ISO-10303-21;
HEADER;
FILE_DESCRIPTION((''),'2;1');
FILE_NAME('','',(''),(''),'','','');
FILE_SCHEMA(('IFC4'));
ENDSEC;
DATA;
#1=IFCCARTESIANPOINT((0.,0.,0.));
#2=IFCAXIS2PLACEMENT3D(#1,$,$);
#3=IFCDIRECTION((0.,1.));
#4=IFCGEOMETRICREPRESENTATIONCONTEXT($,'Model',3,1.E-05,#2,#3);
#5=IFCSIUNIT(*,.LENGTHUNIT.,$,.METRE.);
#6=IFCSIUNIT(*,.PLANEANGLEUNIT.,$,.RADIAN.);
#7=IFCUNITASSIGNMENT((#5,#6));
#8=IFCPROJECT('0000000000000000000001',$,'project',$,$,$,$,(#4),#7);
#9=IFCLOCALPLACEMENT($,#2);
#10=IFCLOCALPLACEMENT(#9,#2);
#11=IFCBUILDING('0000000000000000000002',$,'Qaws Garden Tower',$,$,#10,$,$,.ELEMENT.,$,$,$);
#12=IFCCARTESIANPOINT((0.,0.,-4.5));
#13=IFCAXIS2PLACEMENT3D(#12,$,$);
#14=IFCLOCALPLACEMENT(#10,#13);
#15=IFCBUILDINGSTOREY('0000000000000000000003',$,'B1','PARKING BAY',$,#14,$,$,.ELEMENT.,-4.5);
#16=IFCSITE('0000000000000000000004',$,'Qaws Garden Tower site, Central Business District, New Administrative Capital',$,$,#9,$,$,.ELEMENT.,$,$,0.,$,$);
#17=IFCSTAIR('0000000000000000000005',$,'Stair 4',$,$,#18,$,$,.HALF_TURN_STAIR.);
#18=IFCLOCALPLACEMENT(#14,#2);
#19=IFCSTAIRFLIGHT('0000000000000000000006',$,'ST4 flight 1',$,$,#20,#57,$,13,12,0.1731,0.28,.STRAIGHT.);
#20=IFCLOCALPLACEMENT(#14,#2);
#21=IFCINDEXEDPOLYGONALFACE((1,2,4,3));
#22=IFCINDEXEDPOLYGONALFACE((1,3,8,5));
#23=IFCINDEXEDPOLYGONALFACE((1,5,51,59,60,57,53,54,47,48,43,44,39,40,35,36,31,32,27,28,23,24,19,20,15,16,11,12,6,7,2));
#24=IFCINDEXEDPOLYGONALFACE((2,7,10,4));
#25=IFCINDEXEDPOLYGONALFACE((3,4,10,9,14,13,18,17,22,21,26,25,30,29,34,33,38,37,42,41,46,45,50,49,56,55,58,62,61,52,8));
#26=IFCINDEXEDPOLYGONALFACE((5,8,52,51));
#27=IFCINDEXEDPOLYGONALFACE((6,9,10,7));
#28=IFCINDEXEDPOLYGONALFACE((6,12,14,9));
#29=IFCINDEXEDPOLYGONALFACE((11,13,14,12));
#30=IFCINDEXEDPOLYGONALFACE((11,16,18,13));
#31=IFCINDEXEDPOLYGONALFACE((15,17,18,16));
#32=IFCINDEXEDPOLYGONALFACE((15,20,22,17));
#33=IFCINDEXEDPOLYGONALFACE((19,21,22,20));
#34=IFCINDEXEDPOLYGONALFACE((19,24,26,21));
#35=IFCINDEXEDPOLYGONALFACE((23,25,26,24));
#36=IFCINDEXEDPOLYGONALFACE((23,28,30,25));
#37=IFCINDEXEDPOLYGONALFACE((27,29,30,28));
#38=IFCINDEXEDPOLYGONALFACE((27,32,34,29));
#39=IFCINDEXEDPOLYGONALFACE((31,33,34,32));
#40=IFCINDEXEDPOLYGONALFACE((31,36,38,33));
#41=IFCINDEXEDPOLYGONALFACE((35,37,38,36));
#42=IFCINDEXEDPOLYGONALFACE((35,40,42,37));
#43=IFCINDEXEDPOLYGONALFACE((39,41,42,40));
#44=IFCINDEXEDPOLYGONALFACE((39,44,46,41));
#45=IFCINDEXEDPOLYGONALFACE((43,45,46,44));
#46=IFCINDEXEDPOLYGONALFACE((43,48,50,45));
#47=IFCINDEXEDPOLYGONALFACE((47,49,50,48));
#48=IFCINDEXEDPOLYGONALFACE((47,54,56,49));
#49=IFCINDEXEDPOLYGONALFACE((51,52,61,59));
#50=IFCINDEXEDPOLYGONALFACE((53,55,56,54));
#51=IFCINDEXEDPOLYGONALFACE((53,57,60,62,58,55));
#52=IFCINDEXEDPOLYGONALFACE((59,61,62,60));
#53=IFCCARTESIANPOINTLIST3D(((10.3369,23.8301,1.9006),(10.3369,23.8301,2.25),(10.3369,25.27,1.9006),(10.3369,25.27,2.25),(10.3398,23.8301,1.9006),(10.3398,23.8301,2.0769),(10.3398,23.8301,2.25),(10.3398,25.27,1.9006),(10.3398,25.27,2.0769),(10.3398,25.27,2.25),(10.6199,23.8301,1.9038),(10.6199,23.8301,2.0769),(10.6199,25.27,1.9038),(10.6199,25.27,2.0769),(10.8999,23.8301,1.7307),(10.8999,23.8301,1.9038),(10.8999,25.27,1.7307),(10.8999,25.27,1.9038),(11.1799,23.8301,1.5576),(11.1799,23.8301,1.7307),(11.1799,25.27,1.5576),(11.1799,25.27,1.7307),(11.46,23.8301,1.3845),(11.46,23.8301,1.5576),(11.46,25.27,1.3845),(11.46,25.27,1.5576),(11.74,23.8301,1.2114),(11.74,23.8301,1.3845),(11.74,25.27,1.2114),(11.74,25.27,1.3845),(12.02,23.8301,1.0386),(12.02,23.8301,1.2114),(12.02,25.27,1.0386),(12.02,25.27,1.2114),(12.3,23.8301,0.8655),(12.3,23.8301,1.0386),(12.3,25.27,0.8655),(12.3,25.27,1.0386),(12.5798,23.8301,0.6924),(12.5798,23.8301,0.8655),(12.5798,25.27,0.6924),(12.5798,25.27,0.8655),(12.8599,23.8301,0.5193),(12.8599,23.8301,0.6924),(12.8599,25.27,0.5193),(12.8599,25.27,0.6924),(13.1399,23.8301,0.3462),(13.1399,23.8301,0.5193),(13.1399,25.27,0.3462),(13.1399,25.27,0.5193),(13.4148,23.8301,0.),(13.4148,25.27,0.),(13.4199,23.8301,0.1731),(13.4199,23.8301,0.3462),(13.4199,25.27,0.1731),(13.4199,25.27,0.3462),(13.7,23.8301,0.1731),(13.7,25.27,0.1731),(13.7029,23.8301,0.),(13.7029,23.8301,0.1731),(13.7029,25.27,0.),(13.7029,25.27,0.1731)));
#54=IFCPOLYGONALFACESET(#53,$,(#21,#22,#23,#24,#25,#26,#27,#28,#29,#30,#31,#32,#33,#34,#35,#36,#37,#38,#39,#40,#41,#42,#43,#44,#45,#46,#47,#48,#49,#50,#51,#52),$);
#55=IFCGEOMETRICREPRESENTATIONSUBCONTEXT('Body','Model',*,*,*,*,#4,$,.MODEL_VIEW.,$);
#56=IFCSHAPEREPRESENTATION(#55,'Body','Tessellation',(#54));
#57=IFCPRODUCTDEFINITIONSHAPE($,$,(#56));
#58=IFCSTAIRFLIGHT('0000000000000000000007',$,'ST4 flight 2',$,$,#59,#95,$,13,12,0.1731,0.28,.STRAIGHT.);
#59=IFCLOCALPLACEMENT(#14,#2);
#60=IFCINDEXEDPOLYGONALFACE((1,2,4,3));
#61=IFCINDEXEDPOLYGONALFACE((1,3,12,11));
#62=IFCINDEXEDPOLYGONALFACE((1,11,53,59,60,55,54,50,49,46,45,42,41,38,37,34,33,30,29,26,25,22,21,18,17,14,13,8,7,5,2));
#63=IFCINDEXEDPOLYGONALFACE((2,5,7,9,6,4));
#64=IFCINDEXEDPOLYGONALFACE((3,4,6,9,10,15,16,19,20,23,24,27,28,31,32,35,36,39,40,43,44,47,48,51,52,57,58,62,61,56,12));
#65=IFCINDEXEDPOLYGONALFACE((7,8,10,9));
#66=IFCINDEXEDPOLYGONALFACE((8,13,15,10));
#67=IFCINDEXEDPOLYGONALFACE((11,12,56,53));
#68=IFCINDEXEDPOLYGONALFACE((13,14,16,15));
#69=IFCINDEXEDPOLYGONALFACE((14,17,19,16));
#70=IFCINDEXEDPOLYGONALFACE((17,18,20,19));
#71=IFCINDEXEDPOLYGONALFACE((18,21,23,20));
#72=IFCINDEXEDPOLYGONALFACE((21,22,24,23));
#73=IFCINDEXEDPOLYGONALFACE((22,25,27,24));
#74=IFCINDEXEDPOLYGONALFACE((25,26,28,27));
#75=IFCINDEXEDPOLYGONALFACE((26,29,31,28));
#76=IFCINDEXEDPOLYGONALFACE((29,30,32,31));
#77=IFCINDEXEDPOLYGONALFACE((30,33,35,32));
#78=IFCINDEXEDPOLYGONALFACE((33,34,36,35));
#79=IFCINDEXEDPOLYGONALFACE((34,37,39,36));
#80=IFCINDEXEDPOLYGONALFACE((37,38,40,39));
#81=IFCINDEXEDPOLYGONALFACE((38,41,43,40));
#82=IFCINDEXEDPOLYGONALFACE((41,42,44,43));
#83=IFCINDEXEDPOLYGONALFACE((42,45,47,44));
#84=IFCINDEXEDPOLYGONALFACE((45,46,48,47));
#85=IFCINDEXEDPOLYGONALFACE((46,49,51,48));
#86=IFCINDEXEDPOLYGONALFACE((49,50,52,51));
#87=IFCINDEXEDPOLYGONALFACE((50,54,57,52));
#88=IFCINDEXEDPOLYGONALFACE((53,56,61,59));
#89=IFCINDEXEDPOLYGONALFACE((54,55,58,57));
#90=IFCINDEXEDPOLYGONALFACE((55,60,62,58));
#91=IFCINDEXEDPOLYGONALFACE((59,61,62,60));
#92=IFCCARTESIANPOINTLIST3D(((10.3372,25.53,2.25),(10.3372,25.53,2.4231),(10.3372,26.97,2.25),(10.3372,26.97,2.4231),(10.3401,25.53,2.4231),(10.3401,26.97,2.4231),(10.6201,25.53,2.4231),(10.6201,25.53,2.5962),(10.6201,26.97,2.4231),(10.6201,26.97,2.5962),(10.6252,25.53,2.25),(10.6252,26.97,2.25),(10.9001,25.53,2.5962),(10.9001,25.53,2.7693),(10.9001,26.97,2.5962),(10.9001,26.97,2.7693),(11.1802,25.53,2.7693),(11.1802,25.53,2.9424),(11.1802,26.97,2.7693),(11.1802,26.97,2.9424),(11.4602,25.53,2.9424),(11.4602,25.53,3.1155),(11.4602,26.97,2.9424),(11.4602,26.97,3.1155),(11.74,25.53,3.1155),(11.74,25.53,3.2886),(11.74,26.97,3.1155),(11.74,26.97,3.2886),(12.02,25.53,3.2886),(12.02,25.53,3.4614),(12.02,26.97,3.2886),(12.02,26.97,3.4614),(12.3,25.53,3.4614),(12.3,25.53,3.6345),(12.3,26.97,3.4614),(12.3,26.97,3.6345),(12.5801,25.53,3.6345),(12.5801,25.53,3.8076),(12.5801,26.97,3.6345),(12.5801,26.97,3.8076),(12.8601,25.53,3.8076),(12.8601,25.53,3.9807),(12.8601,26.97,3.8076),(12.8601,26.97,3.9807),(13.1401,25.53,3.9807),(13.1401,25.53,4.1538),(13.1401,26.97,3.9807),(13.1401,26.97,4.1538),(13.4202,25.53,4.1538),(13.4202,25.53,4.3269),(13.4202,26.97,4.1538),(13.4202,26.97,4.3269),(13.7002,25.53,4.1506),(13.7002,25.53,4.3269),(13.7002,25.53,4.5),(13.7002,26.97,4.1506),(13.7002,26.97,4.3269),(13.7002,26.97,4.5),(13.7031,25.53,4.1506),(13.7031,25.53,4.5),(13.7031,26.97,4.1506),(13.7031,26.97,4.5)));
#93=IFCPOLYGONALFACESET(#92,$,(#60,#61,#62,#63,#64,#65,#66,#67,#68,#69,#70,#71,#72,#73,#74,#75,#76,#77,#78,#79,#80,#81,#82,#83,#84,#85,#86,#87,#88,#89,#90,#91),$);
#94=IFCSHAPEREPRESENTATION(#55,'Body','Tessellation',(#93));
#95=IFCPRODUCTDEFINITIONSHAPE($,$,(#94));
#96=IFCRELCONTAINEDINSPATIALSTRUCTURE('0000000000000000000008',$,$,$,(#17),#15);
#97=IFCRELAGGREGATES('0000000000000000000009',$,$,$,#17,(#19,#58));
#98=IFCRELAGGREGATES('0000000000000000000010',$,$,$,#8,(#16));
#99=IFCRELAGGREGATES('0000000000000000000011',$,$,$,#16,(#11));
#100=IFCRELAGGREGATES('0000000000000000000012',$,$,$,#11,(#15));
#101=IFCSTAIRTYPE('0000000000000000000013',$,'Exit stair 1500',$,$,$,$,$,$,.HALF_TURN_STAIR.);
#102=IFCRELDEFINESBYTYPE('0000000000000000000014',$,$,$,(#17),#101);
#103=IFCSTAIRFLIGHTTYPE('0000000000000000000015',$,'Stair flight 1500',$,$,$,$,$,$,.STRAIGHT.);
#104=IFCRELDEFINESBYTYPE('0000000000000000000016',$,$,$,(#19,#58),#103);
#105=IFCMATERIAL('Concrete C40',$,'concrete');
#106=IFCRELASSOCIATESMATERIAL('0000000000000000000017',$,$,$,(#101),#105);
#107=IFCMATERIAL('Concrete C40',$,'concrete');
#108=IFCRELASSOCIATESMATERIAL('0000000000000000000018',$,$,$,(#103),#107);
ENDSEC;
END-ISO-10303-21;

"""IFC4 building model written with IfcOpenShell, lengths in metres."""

from ifc_helpers import new_model, si_unit, direction, frame, origin, place, context, subcontext, project, spatial, polyline, outline, extrude, material, type_object, element, aggregate, save


model = new_model("IFC4")

# Units and contexts
model_context = context("Model", 3, precision=1e-05, world=origin(), true_north=direction((0.0, 1.0)))
body_context = subcontext(model_context, "Body", "Model", "MODEL_VIEW")
ifc_project = project(units=[si_unit("LENGTHUNIT", "METRE"), si_unit("PLANEANGLEUNIT", "RADIAN")], contexts=[model_context])

# Site, building, storey
site_placement = place(None, origin())
site = spatial("IfcSite", under=ifc_project, at=site_placement, Name="Qaws Garden Tower site, Central Business District, New Administrative Capital", CompositionType="ELEMENT", RefElevation=0.0)
building_placement = place(site_placement, origin())
building = spatial("IfcBuilding", under=site, at=building_placement, Name="Qaws Garden Tower", CompositionType="ELEMENT")
storey_placement = place(building_placement, frame((0.0, 0.0, -4.5)))
storey = spatial("IfcBuildingStorey", under=building, at=storey_placement, Name="B1", Description="PARKING BAY", CompositionType="ELEMENT", Elevation=-4.5)

# Stair, stair flights
ifc_material_1 = material(Name="Concrete C40", Category="concrete")
stair_type = type_object("IfcStairType", Name="Exit stair 1500", PredefinedType="HALF_TURN_STAIR", material=ifc_material_1)
stair_placement = place(storey_placement, origin())
stair = element("IfcStair", 1, at=stair_placement, inside=storey, type_object=stair_type, Name="Stair 4", PredefinedType="HALF_TURN_STAIR")
ifc_material_2 = material(Name="Concrete C40", Category="concrete")
stair_flight_type = type_object("IfcStairFlightType", Name="Stair flight 1500", PredefinedType="STRAIGHT", material=ifc_material_2)
stair_flight_1_placement = place(storey_placement, frame((13.7, 24.55, 0.0), z_axis=(0.0, 0.0, 1.0), x_axis=(-1.0, 0.0, 0.0)))
stair_flight_1 = element("IfcStairFlight", 2, at=stair_flight_1_placement, type_object=stair_flight_type, Name="ST4 flight 1", NumberOfRisers=13, NumberOfTreads=12, PredefinedType="STRAIGHT", RiserHeight=0.1731, TreadLength=0.28, context=body_context, shape_type="SweptSolid", body=[
    extrude(outline(polyline([(-0.0029, 0.0), (-0.0029, 0.1731), (0.0, 0.1731), (0.28, 0.1731), (0.28, 0.3462), (0.5601, 0.3462), (0.5601, 0.5193), (0.8401, 0.5193), (0.8401, 0.6924), (1.1201, 0.6924), (1.1201, 0.8655), (1.3999, 0.8655), (1.3999, 1.0386), (1.6799, 1.0386), (1.6799, 1.2114), (1.96, 1.2114), (1.96, 1.3845), (2.24, 1.3845), (2.24, 1.5576), (2.52, 1.5576), (2.52, 1.7307), (2.8, 1.7307), (2.8, 1.9038), (3.0801, 1.9038), (3.0801, 2.0769), (3.3601, 2.0769), (3.3601, 2.25), (3.363, 2.25), (3.363, 1.9006), (3.3601, 1.9006), (0.2852, 0.0), (-0.0029, 0.0)])), frame((0.0, 0.72, 0.0), z_axis=(0.0, -1.0, 0.0), x_axis=(1.0, 0.0, 0.0)), (0.0, 0.0, 1.0), 1.4399),
])
stair_flight_2_placement = place(storey_placement, frame((10.3401, 26.25, 2.25), z_axis=(0.0, 0.0, 1.0), x_axis=(1.0, 0.0, 0.0)))
stair_flight_2 = element("IfcStairFlight", 3, at=stair_flight_2_placement, type_object=stair_flight_type, Name="ST4 flight 2", NumberOfRisers=13, NumberOfTreads=12, PredefinedType="STRAIGHT", RiserHeight=0.1731, TreadLength=0.28, context=body_context, shape_type="SweptSolid", body=[
    extrude(outline(polyline([(-0.0029, 0.0), (-0.0029, 0.1731), (0.0, 0.1731), (0.28, 0.1731), (0.28, 0.3462), (0.5601, 0.3462), (0.5601, 0.5193), (0.8401, 0.5193), (0.8401, 0.6924), (1.1201, 0.6924), (1.1201, 0.8655), (1.3999, 0.8655), (1.3999, 1.0386), (1.6799, 1.0386), (1.6799, 1.2114), (1.96, 1.2114), (1.96, 1.3845), (2.24, 1.3845), (2.24, 1.5576), (2.52, 1.5576), (2.52, 1.7307), (2.8, 1.7307), (2.8, 1.9038), (3.0801, 1.9038), (3.0801, 2.0769), (3.3601, 2.0769), (3.3601, 2.25), (3.363, 2.25), (3.363, 1.9006), (3.3601, 1.9006), (0.2852, 0.0), (-0.0029, 0.0)])), frame((0.0, 0.72, 0.0), z_axis=(0.0, -1.0, 0.0), x_axis=(1.0, 0.0, 0.0)), (0.0, 0.0, 1.0), 1.4399),
])
aggregate(stair, [stair_flight_1, stair_flight_2])

save(model, "model.ifc")
